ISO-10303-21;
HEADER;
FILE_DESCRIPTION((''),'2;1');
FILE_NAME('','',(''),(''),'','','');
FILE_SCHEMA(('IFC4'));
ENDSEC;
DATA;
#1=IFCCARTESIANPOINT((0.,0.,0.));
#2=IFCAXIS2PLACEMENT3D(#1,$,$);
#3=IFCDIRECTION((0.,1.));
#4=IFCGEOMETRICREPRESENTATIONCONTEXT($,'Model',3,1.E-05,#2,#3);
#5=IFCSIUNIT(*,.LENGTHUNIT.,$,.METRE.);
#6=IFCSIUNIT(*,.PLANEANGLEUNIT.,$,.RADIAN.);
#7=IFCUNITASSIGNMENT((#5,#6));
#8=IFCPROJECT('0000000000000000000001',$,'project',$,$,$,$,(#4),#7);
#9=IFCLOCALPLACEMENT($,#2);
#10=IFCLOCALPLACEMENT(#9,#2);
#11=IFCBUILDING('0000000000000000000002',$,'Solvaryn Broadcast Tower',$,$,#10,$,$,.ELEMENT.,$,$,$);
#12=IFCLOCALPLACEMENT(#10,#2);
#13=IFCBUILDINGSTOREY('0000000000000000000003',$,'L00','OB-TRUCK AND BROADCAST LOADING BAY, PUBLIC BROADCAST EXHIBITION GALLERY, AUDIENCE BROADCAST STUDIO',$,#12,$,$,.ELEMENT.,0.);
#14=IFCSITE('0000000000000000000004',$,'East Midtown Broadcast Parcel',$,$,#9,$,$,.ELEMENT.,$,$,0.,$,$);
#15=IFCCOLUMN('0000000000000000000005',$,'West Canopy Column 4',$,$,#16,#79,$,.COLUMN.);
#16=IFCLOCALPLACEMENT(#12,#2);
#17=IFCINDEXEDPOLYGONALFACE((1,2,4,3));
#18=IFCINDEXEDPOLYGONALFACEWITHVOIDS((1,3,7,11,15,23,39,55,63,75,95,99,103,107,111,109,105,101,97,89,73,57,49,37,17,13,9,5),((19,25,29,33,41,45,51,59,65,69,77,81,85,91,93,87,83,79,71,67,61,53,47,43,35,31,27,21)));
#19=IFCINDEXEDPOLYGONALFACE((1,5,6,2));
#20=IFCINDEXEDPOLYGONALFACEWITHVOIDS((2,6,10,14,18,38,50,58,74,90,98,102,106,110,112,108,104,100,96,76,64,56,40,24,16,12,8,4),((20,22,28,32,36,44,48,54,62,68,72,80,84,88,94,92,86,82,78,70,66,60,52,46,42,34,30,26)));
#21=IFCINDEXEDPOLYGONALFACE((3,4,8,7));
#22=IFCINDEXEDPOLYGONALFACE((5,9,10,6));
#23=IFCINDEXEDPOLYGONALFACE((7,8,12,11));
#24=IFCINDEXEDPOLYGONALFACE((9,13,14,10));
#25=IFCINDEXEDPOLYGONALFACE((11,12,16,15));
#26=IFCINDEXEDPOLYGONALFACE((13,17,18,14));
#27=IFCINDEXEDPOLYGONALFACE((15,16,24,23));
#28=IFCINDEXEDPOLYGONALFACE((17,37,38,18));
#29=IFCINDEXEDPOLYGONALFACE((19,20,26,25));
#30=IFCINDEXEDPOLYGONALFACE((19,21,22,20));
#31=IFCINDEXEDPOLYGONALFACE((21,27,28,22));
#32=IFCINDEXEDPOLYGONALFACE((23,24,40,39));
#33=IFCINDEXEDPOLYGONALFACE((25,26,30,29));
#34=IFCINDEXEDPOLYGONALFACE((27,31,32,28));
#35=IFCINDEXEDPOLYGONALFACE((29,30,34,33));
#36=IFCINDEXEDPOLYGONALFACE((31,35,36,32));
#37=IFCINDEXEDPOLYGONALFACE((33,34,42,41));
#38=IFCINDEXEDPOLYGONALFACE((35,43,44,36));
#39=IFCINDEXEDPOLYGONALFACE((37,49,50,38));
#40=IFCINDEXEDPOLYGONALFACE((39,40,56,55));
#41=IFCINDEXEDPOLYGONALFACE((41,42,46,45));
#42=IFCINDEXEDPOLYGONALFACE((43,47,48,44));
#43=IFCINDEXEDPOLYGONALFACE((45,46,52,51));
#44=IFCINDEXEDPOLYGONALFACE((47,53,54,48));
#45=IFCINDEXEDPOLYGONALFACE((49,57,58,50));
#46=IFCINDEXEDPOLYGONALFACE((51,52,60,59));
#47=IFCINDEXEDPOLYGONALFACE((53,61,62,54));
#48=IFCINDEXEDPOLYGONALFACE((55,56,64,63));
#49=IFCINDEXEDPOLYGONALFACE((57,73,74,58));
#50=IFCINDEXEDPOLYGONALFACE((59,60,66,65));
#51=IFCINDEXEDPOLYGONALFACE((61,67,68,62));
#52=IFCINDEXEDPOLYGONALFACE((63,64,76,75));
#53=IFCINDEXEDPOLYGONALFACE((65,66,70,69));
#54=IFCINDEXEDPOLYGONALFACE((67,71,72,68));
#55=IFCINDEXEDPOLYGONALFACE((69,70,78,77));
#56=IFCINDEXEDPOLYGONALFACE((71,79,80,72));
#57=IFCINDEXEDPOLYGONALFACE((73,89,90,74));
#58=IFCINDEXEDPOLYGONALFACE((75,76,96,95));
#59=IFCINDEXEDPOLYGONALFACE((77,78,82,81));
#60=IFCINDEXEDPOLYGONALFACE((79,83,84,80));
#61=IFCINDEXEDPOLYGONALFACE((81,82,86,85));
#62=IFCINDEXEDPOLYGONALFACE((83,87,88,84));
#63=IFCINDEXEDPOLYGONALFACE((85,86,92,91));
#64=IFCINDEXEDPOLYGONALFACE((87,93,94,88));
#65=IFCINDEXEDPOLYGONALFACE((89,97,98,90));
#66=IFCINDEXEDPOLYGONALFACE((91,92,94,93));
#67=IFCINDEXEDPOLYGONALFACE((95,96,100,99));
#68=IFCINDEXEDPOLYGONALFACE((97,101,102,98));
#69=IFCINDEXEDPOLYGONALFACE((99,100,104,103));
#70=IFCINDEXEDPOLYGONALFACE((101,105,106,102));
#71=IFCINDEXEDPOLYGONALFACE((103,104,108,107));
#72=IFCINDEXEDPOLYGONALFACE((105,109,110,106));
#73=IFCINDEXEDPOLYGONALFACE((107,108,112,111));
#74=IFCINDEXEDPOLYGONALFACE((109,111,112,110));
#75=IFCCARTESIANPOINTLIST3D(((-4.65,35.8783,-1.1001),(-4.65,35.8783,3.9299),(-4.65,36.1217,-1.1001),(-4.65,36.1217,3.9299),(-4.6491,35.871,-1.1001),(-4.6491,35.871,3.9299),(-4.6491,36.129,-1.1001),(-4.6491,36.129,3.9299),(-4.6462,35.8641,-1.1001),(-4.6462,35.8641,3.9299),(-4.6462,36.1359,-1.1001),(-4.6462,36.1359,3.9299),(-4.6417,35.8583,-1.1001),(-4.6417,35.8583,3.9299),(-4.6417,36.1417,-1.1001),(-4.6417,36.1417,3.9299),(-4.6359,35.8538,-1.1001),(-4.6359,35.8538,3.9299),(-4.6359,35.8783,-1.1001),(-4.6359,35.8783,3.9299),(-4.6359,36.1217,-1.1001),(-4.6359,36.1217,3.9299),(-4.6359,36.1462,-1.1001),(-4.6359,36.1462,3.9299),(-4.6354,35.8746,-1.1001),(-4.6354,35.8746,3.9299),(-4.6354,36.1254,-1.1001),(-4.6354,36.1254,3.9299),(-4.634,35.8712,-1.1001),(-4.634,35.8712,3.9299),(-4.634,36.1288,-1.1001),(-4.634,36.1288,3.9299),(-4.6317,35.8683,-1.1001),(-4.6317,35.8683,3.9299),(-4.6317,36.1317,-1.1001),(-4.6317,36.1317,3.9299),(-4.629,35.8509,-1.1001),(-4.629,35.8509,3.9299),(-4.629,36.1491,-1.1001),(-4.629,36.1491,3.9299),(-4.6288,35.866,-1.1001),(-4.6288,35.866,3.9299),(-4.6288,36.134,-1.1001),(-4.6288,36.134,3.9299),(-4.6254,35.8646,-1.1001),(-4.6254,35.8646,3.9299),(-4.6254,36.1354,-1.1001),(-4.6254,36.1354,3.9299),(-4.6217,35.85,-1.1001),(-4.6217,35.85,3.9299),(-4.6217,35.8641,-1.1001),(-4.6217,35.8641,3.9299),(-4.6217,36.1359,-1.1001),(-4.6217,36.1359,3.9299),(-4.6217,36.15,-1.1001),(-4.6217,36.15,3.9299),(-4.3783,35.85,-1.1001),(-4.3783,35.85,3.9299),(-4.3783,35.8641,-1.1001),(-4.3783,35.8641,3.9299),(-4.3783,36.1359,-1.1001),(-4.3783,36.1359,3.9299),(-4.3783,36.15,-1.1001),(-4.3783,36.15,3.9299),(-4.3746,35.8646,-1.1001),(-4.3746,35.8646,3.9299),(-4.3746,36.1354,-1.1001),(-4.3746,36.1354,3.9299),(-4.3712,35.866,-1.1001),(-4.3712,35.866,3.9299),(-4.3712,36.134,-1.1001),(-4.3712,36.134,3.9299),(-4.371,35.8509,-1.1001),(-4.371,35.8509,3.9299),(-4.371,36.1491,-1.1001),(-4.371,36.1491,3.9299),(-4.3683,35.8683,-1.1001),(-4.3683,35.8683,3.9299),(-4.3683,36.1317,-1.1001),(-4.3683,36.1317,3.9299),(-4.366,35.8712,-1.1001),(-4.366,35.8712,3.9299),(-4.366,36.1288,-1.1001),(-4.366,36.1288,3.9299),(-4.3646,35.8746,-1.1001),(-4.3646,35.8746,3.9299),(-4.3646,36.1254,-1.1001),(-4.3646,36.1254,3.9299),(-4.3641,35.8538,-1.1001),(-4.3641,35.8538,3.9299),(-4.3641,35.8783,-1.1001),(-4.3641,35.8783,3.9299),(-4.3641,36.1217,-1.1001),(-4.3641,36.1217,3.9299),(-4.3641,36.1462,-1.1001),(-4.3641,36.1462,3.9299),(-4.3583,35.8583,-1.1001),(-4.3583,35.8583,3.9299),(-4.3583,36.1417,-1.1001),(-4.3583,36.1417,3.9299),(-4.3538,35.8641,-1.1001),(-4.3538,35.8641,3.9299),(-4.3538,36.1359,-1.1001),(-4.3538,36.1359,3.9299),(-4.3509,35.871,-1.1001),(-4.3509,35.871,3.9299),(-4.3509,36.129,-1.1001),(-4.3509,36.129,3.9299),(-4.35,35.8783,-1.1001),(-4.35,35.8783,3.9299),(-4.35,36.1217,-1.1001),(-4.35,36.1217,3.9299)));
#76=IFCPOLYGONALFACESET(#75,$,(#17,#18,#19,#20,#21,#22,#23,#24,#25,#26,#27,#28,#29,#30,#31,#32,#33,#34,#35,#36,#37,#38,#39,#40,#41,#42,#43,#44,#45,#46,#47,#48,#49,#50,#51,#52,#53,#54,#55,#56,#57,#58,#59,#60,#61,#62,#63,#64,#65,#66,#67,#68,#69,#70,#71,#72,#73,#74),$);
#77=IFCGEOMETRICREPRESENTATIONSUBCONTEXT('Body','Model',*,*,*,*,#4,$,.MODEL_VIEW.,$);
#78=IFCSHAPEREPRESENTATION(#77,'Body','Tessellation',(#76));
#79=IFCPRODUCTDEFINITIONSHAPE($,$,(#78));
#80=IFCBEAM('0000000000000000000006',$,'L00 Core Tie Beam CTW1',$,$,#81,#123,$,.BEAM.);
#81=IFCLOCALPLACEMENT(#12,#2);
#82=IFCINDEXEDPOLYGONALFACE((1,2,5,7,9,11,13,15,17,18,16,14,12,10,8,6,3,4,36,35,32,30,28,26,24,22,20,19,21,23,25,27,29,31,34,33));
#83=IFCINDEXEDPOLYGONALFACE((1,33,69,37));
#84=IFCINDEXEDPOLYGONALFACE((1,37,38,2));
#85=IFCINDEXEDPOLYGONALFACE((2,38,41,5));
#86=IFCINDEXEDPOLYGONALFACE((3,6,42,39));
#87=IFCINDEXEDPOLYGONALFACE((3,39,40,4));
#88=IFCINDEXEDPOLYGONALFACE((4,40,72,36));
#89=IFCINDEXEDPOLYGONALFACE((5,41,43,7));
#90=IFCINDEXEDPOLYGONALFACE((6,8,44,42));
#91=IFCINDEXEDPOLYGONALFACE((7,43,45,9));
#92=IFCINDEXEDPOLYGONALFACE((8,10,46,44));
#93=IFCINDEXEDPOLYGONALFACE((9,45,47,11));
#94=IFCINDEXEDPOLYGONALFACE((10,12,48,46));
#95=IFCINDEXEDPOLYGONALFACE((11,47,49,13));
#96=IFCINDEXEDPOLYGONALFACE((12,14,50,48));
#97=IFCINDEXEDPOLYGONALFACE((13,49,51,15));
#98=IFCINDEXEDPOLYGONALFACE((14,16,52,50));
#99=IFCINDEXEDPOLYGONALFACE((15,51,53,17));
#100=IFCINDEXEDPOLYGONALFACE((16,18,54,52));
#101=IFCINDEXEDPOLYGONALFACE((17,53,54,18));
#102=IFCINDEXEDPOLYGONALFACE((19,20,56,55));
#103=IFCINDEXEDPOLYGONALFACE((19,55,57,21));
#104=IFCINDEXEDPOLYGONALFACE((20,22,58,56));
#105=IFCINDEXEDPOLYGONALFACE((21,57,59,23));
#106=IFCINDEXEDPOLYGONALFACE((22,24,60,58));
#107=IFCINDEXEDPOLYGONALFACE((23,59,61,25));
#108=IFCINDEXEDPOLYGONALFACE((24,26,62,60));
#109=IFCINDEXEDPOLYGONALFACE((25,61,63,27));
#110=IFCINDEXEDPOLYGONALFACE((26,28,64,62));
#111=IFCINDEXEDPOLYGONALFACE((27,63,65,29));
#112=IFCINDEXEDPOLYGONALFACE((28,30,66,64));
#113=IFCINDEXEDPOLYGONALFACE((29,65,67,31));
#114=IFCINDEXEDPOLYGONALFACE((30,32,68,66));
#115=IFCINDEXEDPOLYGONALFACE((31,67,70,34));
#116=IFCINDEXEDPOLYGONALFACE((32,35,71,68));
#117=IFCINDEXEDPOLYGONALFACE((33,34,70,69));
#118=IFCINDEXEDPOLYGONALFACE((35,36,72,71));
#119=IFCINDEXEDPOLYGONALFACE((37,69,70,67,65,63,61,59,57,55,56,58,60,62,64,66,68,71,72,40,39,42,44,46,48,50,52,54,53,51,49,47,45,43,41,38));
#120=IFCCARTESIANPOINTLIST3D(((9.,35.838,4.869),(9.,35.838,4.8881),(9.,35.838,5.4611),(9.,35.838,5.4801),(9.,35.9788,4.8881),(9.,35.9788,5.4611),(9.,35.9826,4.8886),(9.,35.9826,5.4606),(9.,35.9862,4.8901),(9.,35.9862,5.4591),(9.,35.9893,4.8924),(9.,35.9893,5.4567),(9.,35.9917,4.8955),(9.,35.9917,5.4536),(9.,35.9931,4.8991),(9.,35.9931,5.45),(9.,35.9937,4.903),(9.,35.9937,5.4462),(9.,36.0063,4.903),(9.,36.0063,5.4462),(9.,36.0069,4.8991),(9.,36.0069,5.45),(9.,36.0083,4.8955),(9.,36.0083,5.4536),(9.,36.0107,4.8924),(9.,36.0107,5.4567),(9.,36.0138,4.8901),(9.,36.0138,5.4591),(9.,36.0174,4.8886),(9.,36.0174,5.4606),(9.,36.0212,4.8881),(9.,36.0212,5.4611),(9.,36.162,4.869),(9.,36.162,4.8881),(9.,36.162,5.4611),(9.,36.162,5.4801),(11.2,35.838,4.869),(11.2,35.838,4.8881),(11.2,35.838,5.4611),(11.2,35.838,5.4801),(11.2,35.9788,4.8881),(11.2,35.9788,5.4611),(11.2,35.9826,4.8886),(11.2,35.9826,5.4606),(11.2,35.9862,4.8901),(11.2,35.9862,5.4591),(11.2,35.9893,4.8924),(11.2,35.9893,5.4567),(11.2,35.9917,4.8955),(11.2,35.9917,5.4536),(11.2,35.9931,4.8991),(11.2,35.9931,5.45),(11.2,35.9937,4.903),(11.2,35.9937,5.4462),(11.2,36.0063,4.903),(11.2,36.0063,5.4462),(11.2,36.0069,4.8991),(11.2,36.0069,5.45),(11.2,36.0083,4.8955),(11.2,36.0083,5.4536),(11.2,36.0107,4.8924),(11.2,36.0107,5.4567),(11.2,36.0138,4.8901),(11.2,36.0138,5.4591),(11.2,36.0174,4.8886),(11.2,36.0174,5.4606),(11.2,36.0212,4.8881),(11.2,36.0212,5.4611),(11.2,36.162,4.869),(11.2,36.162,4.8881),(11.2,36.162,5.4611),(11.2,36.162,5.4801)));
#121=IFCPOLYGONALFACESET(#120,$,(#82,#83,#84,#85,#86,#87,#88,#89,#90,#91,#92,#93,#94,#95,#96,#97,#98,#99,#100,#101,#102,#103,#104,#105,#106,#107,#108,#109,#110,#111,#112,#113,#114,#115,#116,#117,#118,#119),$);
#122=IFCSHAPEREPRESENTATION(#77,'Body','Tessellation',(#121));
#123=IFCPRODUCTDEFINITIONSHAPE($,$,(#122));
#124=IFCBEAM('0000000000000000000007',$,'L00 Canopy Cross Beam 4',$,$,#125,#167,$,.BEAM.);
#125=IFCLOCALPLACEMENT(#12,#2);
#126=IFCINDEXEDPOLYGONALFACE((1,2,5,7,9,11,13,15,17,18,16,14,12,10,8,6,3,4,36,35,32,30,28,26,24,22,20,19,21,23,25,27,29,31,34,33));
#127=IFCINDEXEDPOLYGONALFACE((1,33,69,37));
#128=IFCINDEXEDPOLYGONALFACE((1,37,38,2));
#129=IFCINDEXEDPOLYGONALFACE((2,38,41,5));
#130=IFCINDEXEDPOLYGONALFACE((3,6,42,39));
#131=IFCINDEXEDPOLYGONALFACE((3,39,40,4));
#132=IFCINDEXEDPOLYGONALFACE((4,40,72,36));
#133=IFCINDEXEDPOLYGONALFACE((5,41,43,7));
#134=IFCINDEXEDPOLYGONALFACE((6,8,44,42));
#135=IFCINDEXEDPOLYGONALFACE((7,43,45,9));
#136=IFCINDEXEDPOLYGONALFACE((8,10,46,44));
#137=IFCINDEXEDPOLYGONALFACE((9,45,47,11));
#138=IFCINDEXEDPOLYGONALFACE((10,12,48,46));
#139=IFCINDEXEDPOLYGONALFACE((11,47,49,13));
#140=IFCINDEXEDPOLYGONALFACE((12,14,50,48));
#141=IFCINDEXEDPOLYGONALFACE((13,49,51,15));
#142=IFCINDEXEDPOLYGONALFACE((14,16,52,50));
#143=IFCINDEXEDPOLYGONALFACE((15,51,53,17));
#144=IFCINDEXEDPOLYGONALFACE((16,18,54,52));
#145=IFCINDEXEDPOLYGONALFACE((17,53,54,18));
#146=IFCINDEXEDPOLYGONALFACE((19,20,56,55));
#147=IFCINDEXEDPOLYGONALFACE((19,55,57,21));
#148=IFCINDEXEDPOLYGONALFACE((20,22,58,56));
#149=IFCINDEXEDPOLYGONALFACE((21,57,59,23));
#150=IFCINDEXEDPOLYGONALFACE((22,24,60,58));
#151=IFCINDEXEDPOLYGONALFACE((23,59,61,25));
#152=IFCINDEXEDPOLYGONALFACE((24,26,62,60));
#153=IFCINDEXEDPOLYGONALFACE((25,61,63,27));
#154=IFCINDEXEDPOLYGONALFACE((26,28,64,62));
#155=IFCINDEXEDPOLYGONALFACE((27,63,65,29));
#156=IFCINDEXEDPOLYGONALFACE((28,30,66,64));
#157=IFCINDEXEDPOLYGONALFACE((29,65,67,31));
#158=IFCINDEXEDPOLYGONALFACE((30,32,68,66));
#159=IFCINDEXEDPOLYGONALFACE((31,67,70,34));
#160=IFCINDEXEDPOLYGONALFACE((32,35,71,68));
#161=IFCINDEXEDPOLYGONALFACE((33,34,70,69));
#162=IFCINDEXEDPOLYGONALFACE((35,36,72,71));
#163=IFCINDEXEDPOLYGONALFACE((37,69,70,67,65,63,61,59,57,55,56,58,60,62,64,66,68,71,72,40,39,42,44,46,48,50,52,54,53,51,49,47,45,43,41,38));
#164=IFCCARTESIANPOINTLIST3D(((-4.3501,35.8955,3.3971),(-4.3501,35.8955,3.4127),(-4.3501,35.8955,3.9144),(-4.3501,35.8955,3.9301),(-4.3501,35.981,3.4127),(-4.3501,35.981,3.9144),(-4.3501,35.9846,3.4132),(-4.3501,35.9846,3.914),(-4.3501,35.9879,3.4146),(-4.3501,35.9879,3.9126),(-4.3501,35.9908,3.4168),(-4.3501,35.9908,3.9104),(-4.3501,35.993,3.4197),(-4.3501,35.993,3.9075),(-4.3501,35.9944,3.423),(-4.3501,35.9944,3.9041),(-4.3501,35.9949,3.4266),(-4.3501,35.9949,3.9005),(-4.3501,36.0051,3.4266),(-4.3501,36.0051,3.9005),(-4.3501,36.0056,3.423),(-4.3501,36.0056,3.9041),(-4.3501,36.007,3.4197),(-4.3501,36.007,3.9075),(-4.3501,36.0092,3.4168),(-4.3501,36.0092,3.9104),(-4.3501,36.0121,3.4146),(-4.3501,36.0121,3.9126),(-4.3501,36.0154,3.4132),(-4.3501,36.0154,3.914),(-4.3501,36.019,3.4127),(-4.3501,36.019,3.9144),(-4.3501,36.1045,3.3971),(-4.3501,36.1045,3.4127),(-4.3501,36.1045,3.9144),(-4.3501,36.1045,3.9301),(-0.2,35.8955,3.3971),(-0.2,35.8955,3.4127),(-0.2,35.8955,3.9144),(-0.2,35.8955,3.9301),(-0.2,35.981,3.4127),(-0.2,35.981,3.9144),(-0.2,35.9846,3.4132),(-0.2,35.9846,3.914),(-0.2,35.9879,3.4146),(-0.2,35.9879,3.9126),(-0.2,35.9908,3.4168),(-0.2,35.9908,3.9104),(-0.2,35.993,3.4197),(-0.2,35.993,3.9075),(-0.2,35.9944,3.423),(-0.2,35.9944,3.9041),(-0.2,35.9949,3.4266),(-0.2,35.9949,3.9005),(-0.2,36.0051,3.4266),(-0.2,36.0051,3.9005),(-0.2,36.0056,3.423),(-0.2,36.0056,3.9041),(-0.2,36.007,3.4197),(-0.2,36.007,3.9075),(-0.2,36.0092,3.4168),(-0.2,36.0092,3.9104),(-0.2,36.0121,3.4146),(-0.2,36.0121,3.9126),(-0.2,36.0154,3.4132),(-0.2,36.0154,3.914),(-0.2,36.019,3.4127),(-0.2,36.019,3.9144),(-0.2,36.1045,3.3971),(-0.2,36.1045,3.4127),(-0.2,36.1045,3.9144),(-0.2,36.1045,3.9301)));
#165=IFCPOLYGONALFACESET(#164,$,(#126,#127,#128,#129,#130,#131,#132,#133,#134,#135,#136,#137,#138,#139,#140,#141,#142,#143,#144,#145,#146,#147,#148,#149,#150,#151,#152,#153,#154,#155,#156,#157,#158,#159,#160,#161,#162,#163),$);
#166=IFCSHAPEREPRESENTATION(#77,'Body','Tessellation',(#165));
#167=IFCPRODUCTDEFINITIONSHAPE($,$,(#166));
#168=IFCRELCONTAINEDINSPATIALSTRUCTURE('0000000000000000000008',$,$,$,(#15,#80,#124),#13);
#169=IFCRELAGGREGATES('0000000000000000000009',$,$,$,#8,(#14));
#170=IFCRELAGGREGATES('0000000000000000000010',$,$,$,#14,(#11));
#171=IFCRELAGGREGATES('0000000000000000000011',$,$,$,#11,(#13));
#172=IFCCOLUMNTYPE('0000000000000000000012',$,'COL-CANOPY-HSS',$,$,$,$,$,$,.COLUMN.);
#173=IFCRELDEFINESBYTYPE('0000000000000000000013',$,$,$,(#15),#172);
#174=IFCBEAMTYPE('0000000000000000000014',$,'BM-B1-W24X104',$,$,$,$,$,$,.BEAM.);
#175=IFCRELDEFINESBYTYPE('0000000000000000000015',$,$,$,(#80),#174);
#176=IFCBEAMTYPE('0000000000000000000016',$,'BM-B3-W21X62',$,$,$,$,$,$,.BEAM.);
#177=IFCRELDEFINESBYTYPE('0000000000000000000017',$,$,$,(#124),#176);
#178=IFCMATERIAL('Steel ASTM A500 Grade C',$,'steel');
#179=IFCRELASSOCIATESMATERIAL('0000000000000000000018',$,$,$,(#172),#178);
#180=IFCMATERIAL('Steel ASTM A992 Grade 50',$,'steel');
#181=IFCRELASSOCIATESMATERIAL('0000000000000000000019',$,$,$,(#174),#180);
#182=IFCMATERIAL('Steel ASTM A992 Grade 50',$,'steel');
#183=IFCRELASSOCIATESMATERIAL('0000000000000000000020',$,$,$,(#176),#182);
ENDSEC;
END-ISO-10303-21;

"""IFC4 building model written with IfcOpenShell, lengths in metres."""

from ifc_helpers import new_model, si_unit, direction, frame, origin, origin_2d, place, context, subcontext, project, spatial, hollow_rectangle, i_section, extrude, material, material_profile, profile_set, type_object, element, save


model = new_model("IFC4")

# Units and contexts
model_context = context("Model", 3, precision=1e-05, world=origin(), true_north=direction((0.0, 1.0)))
body_context = subcontext(model_context, "Body", "Model", "MODEL_VIEW")
ifc_project = project(units=[si_unit("LENGTHUNIT", "METRE"), si_unit("PLANEANGLEUNIT", "RADIAN")], contexts=[model_context])

# Site, building, storey
site_placement = place(None, origin())
site = spatial("IfcSite", under=ifc_project, at=site_placement, Name="East Midtown Broadcast Parcel", CompositionType="ELEMENT", RefElevation=0.0)
building_placement = place(site_placement, origin())
building = spatial("IfcBuilding", under=site, at=building_placement, Name="Solvaryn Broadcast Tower", CompositionType="ELEMENT")
storey_placement = place(building_placement, origin())
storey = spatial("IfcBuildingStorey", under=building, at=storey_placement, Name="L00", Description="OB-TRUCK AND BROADCAST LOADING BAY, PUBLIC BROADCAST EXHIBITION GALLERY, AUDIENCE BROADCAST STUDIO", CompositionType="ELEMENT", Elevation=0.0)

# Column
ifc_material_1 = material(Name="Steel ASTM A500 Grade C", Category="steel")
ifc_material_profile_1 = material_profile(ifc_material_1, hollow_rectangle(XDim=0.3, YDim=0.3, WallThickness=0.0142, InnerFilletRadius=0.0142, OuterFilletRadius=0.0283, at=origin_2d()))
ifc_profile_set_1 = profile_set([ifc_material_profile_1], Name="Steel ASTM A500 Grade C")
column_type_1 = type_object("IfcColumnType", Name="COL-CANOPY-HSS", PredefinedType="COLUMN", material=ifc_profile_set_1)
column_1_placement = place(storey_placement, frame((-4.5, 36.0, -1.1001), z_axis=(0.0, 0.0, 1.0), x_axis=(1.0, 0.0, 0.0)))
element("IfcColumn", 1, at=column_1_placement, inside=storey, type_object=column_type_1, Name="West Canopy Column 4", PredefinedType="COLUMN", context=body_context, shape_type="SweptSolid", body=[
    extrude(hollow_rectangle(XDim=0.3, YDim=0.3, WallThickness=0.0142, InnerFilletRadius=0.0142, OuterFilletRadius=0.0283, at=origin_2d()), origin(), (0.0, 0.0, 1.0), 5.03),
])

# Beams
ifc_material_2 = material(Name="Steel ASTM A992 Grade 50", Category="steel")
ifc_material_profile_2 = material_profile(ifc_material_2, i_section(OverallWidth=0.324, OverallDepth=0.6111, WebThickness=0.0127, FlangeThickness=0.019, FilletRadius=0.0149, at=origin_2d()))
ifc_profile_set_2 = profile_set([ifc_material_profile_2], Name="Steel ASTM A992 Grade 50")
beam_type_1 = type_object("IfcBeamType", Name="BM-B1-W24X104", PredefinedType="BEAM", material=ifc_profile_set_2)
beam_1_placement = place(storey_placement, frame((9.0, 36.0, 5.1746), z_axis=(1.0, 0.0, 0.0), x_axis=(0.0, 1.0, 0.0)))
element("IfcBeam", 2, at=beam_1_placement, inside=storey, type_object=beam_type_1, Name="L00 Core Tie Beam CTW1", PredefinedType="BEAM", context=body_context, shape_type="SweptSolid", body=[
    extrude(i_section(OverallWidth=0.324, OverallDepth=0.6111, WebThickness=0.0127, FlangeThickness=0.019, FilletRadius=0.0149, at=origin_2d()), origin(), (0.0, 0.0, 1.0), 2.2),
])
ifc_material_3 = material(Name="Steel ASTM A992 Grade 50", Category="steel")
ifc_material_profile_3 = material_profile(ifc_material_3, i_section(OverallWidth=0.209, OverallDepth=0.533, WebThickness=0.0103, FlangeThickness=0.0156, FilletRadius=0.0139, at=origin_2d()))
ifc_profile_set_3 = profile_set([ifc_material_profile_3], Name="Steel ASTM A992 Grade 50")
beam_type_2 = type_object("IfcBeamType", Name="BM-B3-W21X62", PredefinedType="BEAM", material=ifc_profile_set_3)
beam_2_placement = place(storey_placement, frame((-4.3501, 36.0, 3.6636), z_axis=(1.0, 0.0, 0.0), x_axis=(0.0, 1.0, 0.0)))
element("IfcBeam", 3, at=beam_2_placement, inside=storey, type_object=beam_type_2, Name="L00 Canopy Cross Beam 4", PredefinedType="BEAM", context=body_context, shape_type="SweptSolid", body=[
    extrude(i_section(OverallWidth=0.209, OverallDepth=0.533, WebThickness=0.0103, FlangeThickness=0.0156, FilletRadius=0.0139, at=origin_2d()), origin(), (0.0, 0.0, 1.0), 4.1501),
])

save(model, "model.ifc")
